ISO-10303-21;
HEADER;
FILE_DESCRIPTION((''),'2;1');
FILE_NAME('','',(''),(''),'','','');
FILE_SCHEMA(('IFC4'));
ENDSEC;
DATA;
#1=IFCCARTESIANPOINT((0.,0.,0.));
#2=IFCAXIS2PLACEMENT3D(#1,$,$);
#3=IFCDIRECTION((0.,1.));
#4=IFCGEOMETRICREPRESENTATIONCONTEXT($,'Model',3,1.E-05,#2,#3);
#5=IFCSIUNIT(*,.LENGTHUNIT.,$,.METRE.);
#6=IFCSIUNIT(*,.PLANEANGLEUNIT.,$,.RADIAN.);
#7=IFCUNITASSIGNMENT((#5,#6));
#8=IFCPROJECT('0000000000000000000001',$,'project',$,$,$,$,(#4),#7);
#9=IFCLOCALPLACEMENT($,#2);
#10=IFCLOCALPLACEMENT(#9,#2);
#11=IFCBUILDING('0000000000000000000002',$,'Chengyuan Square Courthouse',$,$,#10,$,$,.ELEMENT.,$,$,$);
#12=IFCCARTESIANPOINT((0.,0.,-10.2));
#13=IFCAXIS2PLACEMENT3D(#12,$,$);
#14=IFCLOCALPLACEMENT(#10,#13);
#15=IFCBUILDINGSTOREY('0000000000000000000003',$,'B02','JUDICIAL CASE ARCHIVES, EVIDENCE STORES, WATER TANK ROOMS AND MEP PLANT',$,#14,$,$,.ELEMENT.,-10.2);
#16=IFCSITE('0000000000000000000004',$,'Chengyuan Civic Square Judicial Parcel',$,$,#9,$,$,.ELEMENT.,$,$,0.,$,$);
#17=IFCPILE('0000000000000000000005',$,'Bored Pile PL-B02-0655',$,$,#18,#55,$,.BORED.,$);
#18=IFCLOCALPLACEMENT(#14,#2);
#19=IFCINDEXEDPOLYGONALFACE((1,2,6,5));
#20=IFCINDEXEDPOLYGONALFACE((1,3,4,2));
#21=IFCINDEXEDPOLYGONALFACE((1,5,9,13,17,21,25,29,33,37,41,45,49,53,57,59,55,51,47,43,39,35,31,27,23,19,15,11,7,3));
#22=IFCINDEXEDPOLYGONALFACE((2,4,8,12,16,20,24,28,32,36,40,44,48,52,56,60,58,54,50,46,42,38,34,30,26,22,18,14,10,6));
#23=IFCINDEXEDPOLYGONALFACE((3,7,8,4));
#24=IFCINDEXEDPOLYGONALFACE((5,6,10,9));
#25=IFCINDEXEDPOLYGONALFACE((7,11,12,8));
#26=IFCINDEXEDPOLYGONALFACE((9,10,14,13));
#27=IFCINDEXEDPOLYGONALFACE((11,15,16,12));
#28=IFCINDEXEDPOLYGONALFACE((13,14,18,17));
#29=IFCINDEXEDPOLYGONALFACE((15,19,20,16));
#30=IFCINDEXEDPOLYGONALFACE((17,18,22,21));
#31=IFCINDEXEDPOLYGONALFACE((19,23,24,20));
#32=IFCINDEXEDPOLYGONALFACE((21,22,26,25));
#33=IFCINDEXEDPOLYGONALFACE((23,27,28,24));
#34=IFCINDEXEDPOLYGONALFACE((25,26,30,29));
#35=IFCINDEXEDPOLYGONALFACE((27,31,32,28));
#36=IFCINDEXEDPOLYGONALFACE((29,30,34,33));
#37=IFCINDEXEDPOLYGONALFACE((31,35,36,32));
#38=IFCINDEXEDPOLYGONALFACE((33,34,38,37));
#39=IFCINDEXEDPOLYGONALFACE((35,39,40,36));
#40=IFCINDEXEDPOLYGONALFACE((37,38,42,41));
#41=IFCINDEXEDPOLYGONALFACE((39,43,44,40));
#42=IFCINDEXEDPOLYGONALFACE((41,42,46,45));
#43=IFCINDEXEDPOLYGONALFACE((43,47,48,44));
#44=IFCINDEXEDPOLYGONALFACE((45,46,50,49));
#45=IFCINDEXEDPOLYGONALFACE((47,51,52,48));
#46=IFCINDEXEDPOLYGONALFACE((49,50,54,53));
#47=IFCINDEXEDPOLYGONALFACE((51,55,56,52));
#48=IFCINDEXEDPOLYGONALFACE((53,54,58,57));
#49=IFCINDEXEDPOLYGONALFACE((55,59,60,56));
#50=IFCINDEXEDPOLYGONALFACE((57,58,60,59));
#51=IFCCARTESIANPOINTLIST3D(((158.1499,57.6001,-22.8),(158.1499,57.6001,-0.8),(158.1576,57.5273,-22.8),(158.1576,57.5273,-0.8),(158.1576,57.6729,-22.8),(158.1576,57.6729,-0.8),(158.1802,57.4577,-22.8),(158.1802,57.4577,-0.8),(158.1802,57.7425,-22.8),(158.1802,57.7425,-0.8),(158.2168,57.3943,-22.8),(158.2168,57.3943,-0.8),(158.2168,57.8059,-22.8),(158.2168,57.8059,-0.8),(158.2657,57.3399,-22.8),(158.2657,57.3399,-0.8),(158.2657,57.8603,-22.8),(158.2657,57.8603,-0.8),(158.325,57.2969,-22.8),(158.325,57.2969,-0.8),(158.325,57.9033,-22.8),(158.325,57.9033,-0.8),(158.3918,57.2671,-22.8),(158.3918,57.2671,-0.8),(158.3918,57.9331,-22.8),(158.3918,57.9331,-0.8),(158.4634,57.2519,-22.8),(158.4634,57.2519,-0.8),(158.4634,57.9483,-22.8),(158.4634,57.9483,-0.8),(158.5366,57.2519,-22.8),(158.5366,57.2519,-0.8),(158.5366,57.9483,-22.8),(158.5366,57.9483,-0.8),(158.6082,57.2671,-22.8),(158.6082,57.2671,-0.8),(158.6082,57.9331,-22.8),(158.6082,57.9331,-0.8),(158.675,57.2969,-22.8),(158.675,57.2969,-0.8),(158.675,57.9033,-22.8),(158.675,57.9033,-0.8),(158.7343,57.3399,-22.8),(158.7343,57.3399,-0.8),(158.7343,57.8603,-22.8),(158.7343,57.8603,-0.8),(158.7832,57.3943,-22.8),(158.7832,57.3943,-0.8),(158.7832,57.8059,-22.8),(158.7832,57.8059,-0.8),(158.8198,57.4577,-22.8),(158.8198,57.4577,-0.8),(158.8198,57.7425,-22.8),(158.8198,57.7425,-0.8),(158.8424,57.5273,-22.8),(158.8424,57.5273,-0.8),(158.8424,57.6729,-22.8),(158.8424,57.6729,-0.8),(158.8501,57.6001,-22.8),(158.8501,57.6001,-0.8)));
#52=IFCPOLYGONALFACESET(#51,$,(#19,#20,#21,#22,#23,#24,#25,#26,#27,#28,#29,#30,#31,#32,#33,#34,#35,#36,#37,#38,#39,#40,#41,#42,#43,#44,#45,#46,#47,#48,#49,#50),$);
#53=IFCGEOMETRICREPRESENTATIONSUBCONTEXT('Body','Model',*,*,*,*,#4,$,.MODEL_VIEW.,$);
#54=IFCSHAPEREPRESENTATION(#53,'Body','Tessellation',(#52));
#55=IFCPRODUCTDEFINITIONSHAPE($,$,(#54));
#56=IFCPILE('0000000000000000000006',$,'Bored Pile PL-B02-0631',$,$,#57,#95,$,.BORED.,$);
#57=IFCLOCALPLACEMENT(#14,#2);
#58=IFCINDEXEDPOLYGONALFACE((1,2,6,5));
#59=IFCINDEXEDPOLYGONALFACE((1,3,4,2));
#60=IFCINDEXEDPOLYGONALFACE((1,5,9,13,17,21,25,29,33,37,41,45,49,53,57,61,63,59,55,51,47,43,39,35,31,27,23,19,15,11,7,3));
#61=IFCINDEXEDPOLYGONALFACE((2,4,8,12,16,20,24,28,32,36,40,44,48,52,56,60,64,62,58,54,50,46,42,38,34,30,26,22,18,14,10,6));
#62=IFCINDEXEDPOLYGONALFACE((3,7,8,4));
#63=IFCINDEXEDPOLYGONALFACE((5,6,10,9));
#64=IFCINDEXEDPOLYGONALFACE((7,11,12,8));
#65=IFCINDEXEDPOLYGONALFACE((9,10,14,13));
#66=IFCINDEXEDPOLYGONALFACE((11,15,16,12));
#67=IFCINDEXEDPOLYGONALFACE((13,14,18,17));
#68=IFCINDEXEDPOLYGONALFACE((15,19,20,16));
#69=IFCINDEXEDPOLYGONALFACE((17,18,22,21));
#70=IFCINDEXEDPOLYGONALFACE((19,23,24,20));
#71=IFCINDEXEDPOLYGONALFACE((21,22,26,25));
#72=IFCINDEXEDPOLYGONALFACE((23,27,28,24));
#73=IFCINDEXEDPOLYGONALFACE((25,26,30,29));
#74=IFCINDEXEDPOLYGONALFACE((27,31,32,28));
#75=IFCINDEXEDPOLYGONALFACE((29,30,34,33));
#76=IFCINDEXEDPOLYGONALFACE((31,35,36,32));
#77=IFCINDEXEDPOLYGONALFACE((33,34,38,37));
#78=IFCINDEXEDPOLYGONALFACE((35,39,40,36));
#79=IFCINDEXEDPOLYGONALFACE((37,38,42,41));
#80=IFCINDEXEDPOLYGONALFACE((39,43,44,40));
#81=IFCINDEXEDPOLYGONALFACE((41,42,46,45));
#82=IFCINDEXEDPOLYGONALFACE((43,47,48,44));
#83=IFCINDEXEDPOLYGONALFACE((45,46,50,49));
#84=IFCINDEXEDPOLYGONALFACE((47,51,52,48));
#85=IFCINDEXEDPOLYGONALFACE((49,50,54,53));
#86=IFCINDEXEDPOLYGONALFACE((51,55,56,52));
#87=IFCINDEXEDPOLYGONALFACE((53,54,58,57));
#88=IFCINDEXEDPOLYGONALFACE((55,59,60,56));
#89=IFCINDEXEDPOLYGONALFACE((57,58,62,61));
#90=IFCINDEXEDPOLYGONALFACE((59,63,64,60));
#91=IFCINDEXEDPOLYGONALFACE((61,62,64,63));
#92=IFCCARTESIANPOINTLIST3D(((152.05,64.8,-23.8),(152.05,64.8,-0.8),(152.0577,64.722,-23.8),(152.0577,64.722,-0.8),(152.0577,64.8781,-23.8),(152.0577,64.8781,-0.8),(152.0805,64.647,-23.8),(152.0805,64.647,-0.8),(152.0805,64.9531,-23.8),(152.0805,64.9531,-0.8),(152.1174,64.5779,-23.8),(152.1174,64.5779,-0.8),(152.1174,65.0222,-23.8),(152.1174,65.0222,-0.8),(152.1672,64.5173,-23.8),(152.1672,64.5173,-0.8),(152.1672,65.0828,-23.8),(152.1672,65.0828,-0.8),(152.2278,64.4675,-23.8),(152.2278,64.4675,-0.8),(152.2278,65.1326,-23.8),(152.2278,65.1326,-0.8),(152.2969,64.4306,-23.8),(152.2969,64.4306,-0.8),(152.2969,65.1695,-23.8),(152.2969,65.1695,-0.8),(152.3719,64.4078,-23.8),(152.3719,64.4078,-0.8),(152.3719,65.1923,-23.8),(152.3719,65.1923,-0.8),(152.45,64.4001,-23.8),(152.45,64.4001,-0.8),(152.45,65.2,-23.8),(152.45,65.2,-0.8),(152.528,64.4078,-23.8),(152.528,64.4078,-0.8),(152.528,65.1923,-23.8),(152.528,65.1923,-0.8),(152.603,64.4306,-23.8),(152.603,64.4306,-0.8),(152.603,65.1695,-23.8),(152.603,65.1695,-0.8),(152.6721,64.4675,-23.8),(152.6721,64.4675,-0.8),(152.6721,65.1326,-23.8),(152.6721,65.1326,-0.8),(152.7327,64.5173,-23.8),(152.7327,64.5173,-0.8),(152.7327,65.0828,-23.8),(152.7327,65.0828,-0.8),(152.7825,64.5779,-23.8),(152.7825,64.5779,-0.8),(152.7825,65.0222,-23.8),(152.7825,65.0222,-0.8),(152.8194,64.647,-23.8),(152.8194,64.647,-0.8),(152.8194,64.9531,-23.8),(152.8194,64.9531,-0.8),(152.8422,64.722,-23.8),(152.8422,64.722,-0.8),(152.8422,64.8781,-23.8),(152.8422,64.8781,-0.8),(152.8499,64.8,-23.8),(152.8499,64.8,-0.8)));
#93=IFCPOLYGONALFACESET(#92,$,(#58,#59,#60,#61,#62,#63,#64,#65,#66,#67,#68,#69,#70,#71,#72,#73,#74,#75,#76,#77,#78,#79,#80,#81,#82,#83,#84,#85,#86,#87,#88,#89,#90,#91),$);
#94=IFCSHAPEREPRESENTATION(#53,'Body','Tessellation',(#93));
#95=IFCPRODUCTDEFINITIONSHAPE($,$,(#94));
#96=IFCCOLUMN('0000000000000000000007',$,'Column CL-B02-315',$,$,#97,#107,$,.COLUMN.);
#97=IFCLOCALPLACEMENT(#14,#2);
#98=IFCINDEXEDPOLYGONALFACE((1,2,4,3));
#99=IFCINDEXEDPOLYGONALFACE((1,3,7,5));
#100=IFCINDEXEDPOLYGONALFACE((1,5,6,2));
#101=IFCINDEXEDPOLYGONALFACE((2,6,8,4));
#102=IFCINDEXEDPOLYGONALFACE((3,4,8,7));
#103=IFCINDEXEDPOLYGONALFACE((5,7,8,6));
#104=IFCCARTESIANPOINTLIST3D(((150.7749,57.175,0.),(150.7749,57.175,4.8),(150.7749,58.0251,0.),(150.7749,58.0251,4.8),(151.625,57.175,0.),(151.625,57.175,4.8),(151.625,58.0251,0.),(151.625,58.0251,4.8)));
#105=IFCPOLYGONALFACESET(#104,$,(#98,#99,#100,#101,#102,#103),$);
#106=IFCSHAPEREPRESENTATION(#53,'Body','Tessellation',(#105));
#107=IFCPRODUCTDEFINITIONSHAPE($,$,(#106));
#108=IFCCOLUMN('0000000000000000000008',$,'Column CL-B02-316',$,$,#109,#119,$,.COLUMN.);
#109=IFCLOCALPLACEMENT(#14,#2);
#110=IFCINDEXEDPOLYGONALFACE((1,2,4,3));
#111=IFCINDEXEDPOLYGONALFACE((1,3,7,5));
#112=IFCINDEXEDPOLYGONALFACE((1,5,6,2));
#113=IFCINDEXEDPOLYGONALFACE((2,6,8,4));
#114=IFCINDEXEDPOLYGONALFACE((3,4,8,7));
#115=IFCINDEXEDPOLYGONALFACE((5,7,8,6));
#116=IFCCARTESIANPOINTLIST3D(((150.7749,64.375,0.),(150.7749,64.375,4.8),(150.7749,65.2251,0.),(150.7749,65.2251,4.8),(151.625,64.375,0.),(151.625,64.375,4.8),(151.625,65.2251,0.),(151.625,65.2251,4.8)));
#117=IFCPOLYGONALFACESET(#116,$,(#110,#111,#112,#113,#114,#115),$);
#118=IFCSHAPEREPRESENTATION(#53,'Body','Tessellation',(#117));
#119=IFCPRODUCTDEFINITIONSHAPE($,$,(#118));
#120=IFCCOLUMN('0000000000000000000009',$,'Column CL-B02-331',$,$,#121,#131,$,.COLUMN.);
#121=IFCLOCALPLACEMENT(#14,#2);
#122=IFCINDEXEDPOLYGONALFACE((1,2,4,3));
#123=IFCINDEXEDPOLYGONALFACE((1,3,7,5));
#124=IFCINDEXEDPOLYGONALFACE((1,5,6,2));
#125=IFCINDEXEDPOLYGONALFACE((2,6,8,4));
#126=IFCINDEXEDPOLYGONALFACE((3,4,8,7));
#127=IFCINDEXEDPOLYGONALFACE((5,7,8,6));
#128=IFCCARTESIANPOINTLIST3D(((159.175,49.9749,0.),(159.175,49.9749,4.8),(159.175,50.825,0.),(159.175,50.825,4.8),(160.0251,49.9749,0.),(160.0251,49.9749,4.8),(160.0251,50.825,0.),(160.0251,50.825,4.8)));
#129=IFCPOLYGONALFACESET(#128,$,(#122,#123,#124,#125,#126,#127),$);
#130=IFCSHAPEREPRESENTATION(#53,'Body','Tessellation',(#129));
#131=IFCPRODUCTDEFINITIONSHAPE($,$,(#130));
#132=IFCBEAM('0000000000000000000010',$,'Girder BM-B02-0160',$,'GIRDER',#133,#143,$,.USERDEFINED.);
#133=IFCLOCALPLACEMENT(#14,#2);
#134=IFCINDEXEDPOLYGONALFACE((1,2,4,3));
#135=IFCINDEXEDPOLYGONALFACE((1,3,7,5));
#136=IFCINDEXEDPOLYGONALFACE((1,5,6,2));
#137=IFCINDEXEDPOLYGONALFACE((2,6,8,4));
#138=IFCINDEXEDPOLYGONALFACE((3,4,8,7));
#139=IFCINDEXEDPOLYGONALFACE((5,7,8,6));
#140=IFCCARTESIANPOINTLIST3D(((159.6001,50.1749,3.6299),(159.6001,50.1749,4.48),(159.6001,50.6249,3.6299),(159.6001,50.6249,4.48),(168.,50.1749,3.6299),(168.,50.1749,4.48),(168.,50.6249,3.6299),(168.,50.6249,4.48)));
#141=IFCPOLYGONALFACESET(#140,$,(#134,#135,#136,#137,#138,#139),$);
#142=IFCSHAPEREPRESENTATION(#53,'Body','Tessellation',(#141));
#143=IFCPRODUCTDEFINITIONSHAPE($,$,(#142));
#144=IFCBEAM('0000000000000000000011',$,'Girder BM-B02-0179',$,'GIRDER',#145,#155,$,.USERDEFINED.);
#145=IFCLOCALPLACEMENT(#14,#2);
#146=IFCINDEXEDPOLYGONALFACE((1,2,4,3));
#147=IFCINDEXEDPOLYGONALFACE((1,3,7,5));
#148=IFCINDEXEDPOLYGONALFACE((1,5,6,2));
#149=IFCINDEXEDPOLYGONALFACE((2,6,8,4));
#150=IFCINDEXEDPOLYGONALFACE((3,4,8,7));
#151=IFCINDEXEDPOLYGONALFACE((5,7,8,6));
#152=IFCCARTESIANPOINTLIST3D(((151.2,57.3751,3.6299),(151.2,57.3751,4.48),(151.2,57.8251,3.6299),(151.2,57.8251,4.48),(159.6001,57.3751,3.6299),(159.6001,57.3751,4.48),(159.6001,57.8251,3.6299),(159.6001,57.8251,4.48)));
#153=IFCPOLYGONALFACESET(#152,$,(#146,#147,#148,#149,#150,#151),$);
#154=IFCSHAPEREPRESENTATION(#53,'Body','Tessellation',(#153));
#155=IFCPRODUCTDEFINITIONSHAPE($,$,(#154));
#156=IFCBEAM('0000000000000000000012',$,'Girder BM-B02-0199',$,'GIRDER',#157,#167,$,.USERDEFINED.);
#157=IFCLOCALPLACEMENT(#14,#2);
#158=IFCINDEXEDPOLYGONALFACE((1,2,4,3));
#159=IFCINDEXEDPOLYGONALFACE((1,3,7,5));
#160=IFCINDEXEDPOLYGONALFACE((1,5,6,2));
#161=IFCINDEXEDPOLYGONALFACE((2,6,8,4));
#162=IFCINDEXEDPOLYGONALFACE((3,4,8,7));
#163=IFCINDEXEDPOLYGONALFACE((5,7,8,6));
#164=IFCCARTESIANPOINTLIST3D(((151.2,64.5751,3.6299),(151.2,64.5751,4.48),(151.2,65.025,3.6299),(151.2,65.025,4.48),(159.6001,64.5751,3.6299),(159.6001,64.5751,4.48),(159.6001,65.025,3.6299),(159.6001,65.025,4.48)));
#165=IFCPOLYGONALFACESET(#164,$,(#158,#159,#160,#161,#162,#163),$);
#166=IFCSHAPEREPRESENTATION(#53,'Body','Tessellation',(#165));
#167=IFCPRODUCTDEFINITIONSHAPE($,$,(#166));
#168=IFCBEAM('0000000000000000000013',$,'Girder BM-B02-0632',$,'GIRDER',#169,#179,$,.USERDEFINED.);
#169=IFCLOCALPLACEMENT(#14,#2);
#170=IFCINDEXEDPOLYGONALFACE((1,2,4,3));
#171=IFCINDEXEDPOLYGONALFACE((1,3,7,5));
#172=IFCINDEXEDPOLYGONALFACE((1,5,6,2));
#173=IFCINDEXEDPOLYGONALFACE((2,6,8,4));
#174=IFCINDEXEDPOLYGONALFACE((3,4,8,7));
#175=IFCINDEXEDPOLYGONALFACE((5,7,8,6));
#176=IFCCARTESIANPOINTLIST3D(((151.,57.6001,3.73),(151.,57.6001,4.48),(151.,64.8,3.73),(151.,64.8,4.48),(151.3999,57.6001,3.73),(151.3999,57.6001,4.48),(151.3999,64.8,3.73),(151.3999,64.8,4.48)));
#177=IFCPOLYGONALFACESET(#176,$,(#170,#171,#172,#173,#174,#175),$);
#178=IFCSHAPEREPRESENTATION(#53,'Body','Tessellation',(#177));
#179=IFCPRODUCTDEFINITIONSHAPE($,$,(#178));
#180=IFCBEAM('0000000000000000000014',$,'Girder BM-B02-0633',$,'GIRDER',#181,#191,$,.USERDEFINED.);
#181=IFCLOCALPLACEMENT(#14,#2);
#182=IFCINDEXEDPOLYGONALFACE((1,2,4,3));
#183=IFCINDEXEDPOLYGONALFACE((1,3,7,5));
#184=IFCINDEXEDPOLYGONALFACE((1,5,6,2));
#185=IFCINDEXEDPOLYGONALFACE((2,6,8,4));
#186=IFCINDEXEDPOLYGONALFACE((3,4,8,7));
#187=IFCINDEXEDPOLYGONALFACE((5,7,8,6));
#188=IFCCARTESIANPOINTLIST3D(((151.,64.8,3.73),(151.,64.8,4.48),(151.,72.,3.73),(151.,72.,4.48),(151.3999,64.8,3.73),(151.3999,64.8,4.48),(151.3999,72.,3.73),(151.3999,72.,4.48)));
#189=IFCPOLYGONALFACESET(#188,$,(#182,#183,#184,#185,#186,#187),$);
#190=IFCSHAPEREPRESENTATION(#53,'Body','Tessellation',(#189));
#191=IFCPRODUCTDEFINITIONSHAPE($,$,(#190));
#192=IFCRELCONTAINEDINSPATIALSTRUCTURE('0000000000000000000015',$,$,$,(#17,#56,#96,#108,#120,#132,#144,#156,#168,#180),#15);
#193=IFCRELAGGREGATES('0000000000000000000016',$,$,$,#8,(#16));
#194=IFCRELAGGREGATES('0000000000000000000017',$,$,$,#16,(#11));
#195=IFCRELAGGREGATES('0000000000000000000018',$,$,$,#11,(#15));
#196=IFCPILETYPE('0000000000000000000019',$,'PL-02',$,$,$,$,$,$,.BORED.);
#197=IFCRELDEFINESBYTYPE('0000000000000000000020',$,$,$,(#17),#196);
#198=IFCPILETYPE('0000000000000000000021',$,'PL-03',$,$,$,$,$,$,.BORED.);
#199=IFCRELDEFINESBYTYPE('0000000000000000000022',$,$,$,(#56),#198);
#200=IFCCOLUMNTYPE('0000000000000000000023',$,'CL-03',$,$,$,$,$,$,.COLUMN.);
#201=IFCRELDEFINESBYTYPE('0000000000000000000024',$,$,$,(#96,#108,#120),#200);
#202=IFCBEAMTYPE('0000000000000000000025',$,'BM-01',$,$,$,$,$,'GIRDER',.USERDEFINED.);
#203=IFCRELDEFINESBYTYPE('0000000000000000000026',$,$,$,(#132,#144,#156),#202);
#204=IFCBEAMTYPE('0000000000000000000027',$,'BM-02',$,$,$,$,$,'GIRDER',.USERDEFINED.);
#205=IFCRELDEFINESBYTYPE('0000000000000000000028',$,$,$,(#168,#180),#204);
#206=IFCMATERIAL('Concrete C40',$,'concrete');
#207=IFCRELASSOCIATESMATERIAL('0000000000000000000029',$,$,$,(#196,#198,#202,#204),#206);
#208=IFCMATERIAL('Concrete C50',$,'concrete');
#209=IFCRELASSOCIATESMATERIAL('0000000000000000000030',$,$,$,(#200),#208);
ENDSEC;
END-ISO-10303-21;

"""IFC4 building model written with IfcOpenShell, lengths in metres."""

from ifc_helpers import new_model, si_unit, direction, frame, origin, origin_2d, place, context, subcontext, project, spatial, rectangle, circle, extrude, material, material_profile, profile_set, type_object, element, save


model = new_model("IFC4")

# Units and contexts
model_context = context("Model", 3, precision=1e-05, world=origin(), true_north=direction((0.0, 1.0)))
body_context = subcontext(model_context, "Body", "Model", "MODEL_VIEW")
ifc_project = project(units=[si_unit("LENGTHUNIT", "METRE"), si_unit("PLANEANGLEUNIT", "RADIAN")], contexts=[model_context])

# Site, building, storey
site_placement = place(None, origin())
site = spatial("IfcSite", under=ifc_project, at=site_placement, Name="Chengyuan Civic Square Judicial Parcel", CompositionType="ELEMENT", RefElevation=0.0)
building_placement = place(site_placement, origin())
building = spatial("IfcBuilding", under=site, at=building_placement, Name="Chengyuan Square Courthouse", CompositionType="ELEMENT")
storey_placement = place(building_placement, frame((0.0, 0.0, -10.2)))
storey = spatial("IfcBuildingStorey", under=building, at=storey_placement, Name="B02", Description="JUDICIAL CASE ARCHIVES, EVIDENCE STORES, WATER TANK ROOMS AND MEP PLANT", CompositionType="ELEMENT", Elevation=-10.2)

# Shared definitions
ifc_material_1 = material(Name="Concrete C40", Category="concrete")

# Piles
ifc_material_profile_1 = material_profile(ifc_material_1, circle(Radius=0.3501, at=origin_2d()), Name="BORED PILE D700")
ifc_profile_set_1 = profile_set([ifc_material_profile_1], Name="Concrete C40")
pile_type_1 = type_object("IfcPileType", Name="PL-02", PredefinedType="BORED", material=ifc_profile_set_1)
for number, where, z_axis, x_axis, name in (
    (1, (158.5, 57.6001, -0.8), (0.0, 0.0, -1.0), (1.0, 0.0, 0.0), "Bored Pile PL-B02-0655"),
):
    element("IfcPile", number, at=place(storey_placement, frame(where, z_axis=z_axis, x_axis=x_axis)), inside=storey, type_object=pile_type_1, Name=name, PredefinedType="BORED", context=body_context, shape_type="SweptSolid", body=[
        extrude(circle(Radius=0.3501, at=origin_2d()), origin(), (0.0, 0.0, 1.0), 22.0),
    ])
ifc_material_profile_2 = material_profile(ifc_material_1, circle(Radius=0.3999, at=origin_2d()), Name="BORED PILE D800")
ifc_profile_set_2 = profile_set([ifc_material_profile_2], Name="Concrete C40")
pile_type_2 = type_object("IfcPileType", Name="PL-03", PredefinedType="BORED", material=ifc_profile_set_2)
pile_1_placement = place(storey_placement, frame((152.45, 64.8, -0.8), z_axis=(0.0, 0.0, -1.0), x_axis=(1.0, 0.0, 0.0)))
element("IfcPile", 2, at=pile_1_placement, inside=storey, type_object=pile_type_2, Name="Bored Pile PL-B02-0631", PredefinedType="BORED", context=body_context, shape_type="SweptSolid", body=[
    extrude(circle(Radius=0.3999, at=origin_2d()), origin(), (0.0, 0.0, 1.0), 23.0),
])

# Columns
ifc_material_2 = material(Name="Concrete C50", Category="concrete")
ifc_material_profile_3 = material_profile(ifc_material_2, rectangle(XDim=0.8501, YDim=0.8501, at=origin_2d()), Name="RC-COL-850x850")
ifc_profile_set_3 = profile_set([ifc_material_profile_3], Name="Concrete C50")
column_type = type_object("IfcColumnType", Name="CL-03", PredefinedType="COLUMN", material=ifc_profile_set_3)
for number, where, z_axis, x_axis, name in (
    (3, (151.2, 57.6001, 0.0), (0.0, 0.0, 1.0), (1.0, 0.0, 0.0), "Column CL-B02-315"),
    (4, (151.2, 64.8, 0.0), (0.0, 0.0, 1.0), (1.0, 0.0, 0.0), "Column CL-B02-316"),
    (5, (159.6001, 50.3999, 0.0), (0.0, 0.0, 1.0), (1.0, 0.0, 0.0), "Column CL-B02-331"),
):
    element("IfcColumn", number, at=place(storey_placement, frame(where, z_axis=z_axis, x_axis=x_axis)), inside=storey, type_object=column_type, Name=name, PredefinedType="COLUMN", context=body_context, shape_type="SweptSolid", body=[
        extrude(rectangle(XDim=0.8501, YDim=0.8501, at=origin_2d()), origin(), (0.0, 0.0, 1.0), 4.8),
    ])

# Beams
ifc_material_profile_4 = material_profile(ifc_material_1, rectangle(XDim=0.45, YDim=0.8501, at=origin_2d()), Name="RC-BM-450x850")
ifc_profile_set_4 = profile_set([ifc_material_profile_4], Name="Concrete C40")
beam_type_1 = type_object("IfcBeamType", Name="BM-01", ElementType="GIRDER", PredefinedType="USERDEFINED", material=ifc_profile_set_4)
beam_1_placement = place(storey_placement, frame((159.6001, 50.3999, 4.0549), z_axis=(1.0, 0.0, 0.0), x_axis=(0.0, 1.0, 0.0)))
element("IfcBeam", 6, at=beam_1_placement, inside=storey, type_object=beam_type_1, Name="Girder BM-B02-0160", ObjectType="GIRDER", PredefinedType="USERDEFINED", context=body_context, shape_type="SweptSolid", body=[
    extrude(rectangle(XDim=0.45, YDim=0.8501, at=origin_2d()), origin(), (0.0, 0.0, 1.0), 8.3999),
])
for number, where, z_axis, x_axis, name in (
    (7, (151.2, 57.6001, 4.0549), (1.0, 0.0, 0.0), (0.0, 1.0, 0.0), "Girder BM-B02-0179"),
    (8, (151.2, 64.8, 4.0549), (1.0, 0.0, 0.0), (0.0, 1.0, 0.0), "Girder BM-B02-0199"),
):
    element("IfcBeam", number, at=place(storey_placement, frame(where, z_axis=z_axis, x_axis=x_axis)), inside=storey, type_object=beam_type_1, Name=name, ObjectType="GIRDER", PredefinedType="USERDEFINED", context=body_context, shape_type="SweptSolid", body=[
        extrude(rectangle(XDim=0.45, YDim=0.8501, at=origin_2d()), origin(), (0.0, 0.0, 1.0), 8.4001),
    ])
ifc_material_profile_5 = material_profile(ifc_material_1, rectangle(XDim=0.3999, YDim=0.75, at=origin_2d()), Name="RC-BM-400x750")
ifc_profile_set_5 = profile_set([ifc_material_profile_5], Name="Concrete C40")
beam_type_2 = type_object("IfcBeamType", Name="BM-02", ElementType="GIRDER", PredefinedType="USERDEFINED", material=ifc_profile_set_5)
for number, where, z_axis, x_axis, name in (
    (9, (151.2, 57.6001, 4.105), (0.0, 1.0, 0.0), (-1.0, 0.0, 0.0), "Girder BM-B02-0632"),
    (10, (151.2, 64.8, 4.105), (0.0, 1.0, 0.0), (-1.0, 0.0, 0.0), "Girder BM-B02-0633"),
):
    element("IfcBeam", number, at=place(storey_placement, frame(where, z_axis=z_axis, x_axis=x_axis)), inside=storey, type_object=beam_type_2, Name=name, ObjectType="GIRDER", PredefinedType="USERDEFINED", context=body_context, shape_type="SweptSolid", body=[
        extrude(rectangle(XDim=0.3999, YDim=0.75, at=origin_2d()), origin(), (0.0, 0.0, 1.0), 7.2),
    ])

save(model, "model.ifc")
